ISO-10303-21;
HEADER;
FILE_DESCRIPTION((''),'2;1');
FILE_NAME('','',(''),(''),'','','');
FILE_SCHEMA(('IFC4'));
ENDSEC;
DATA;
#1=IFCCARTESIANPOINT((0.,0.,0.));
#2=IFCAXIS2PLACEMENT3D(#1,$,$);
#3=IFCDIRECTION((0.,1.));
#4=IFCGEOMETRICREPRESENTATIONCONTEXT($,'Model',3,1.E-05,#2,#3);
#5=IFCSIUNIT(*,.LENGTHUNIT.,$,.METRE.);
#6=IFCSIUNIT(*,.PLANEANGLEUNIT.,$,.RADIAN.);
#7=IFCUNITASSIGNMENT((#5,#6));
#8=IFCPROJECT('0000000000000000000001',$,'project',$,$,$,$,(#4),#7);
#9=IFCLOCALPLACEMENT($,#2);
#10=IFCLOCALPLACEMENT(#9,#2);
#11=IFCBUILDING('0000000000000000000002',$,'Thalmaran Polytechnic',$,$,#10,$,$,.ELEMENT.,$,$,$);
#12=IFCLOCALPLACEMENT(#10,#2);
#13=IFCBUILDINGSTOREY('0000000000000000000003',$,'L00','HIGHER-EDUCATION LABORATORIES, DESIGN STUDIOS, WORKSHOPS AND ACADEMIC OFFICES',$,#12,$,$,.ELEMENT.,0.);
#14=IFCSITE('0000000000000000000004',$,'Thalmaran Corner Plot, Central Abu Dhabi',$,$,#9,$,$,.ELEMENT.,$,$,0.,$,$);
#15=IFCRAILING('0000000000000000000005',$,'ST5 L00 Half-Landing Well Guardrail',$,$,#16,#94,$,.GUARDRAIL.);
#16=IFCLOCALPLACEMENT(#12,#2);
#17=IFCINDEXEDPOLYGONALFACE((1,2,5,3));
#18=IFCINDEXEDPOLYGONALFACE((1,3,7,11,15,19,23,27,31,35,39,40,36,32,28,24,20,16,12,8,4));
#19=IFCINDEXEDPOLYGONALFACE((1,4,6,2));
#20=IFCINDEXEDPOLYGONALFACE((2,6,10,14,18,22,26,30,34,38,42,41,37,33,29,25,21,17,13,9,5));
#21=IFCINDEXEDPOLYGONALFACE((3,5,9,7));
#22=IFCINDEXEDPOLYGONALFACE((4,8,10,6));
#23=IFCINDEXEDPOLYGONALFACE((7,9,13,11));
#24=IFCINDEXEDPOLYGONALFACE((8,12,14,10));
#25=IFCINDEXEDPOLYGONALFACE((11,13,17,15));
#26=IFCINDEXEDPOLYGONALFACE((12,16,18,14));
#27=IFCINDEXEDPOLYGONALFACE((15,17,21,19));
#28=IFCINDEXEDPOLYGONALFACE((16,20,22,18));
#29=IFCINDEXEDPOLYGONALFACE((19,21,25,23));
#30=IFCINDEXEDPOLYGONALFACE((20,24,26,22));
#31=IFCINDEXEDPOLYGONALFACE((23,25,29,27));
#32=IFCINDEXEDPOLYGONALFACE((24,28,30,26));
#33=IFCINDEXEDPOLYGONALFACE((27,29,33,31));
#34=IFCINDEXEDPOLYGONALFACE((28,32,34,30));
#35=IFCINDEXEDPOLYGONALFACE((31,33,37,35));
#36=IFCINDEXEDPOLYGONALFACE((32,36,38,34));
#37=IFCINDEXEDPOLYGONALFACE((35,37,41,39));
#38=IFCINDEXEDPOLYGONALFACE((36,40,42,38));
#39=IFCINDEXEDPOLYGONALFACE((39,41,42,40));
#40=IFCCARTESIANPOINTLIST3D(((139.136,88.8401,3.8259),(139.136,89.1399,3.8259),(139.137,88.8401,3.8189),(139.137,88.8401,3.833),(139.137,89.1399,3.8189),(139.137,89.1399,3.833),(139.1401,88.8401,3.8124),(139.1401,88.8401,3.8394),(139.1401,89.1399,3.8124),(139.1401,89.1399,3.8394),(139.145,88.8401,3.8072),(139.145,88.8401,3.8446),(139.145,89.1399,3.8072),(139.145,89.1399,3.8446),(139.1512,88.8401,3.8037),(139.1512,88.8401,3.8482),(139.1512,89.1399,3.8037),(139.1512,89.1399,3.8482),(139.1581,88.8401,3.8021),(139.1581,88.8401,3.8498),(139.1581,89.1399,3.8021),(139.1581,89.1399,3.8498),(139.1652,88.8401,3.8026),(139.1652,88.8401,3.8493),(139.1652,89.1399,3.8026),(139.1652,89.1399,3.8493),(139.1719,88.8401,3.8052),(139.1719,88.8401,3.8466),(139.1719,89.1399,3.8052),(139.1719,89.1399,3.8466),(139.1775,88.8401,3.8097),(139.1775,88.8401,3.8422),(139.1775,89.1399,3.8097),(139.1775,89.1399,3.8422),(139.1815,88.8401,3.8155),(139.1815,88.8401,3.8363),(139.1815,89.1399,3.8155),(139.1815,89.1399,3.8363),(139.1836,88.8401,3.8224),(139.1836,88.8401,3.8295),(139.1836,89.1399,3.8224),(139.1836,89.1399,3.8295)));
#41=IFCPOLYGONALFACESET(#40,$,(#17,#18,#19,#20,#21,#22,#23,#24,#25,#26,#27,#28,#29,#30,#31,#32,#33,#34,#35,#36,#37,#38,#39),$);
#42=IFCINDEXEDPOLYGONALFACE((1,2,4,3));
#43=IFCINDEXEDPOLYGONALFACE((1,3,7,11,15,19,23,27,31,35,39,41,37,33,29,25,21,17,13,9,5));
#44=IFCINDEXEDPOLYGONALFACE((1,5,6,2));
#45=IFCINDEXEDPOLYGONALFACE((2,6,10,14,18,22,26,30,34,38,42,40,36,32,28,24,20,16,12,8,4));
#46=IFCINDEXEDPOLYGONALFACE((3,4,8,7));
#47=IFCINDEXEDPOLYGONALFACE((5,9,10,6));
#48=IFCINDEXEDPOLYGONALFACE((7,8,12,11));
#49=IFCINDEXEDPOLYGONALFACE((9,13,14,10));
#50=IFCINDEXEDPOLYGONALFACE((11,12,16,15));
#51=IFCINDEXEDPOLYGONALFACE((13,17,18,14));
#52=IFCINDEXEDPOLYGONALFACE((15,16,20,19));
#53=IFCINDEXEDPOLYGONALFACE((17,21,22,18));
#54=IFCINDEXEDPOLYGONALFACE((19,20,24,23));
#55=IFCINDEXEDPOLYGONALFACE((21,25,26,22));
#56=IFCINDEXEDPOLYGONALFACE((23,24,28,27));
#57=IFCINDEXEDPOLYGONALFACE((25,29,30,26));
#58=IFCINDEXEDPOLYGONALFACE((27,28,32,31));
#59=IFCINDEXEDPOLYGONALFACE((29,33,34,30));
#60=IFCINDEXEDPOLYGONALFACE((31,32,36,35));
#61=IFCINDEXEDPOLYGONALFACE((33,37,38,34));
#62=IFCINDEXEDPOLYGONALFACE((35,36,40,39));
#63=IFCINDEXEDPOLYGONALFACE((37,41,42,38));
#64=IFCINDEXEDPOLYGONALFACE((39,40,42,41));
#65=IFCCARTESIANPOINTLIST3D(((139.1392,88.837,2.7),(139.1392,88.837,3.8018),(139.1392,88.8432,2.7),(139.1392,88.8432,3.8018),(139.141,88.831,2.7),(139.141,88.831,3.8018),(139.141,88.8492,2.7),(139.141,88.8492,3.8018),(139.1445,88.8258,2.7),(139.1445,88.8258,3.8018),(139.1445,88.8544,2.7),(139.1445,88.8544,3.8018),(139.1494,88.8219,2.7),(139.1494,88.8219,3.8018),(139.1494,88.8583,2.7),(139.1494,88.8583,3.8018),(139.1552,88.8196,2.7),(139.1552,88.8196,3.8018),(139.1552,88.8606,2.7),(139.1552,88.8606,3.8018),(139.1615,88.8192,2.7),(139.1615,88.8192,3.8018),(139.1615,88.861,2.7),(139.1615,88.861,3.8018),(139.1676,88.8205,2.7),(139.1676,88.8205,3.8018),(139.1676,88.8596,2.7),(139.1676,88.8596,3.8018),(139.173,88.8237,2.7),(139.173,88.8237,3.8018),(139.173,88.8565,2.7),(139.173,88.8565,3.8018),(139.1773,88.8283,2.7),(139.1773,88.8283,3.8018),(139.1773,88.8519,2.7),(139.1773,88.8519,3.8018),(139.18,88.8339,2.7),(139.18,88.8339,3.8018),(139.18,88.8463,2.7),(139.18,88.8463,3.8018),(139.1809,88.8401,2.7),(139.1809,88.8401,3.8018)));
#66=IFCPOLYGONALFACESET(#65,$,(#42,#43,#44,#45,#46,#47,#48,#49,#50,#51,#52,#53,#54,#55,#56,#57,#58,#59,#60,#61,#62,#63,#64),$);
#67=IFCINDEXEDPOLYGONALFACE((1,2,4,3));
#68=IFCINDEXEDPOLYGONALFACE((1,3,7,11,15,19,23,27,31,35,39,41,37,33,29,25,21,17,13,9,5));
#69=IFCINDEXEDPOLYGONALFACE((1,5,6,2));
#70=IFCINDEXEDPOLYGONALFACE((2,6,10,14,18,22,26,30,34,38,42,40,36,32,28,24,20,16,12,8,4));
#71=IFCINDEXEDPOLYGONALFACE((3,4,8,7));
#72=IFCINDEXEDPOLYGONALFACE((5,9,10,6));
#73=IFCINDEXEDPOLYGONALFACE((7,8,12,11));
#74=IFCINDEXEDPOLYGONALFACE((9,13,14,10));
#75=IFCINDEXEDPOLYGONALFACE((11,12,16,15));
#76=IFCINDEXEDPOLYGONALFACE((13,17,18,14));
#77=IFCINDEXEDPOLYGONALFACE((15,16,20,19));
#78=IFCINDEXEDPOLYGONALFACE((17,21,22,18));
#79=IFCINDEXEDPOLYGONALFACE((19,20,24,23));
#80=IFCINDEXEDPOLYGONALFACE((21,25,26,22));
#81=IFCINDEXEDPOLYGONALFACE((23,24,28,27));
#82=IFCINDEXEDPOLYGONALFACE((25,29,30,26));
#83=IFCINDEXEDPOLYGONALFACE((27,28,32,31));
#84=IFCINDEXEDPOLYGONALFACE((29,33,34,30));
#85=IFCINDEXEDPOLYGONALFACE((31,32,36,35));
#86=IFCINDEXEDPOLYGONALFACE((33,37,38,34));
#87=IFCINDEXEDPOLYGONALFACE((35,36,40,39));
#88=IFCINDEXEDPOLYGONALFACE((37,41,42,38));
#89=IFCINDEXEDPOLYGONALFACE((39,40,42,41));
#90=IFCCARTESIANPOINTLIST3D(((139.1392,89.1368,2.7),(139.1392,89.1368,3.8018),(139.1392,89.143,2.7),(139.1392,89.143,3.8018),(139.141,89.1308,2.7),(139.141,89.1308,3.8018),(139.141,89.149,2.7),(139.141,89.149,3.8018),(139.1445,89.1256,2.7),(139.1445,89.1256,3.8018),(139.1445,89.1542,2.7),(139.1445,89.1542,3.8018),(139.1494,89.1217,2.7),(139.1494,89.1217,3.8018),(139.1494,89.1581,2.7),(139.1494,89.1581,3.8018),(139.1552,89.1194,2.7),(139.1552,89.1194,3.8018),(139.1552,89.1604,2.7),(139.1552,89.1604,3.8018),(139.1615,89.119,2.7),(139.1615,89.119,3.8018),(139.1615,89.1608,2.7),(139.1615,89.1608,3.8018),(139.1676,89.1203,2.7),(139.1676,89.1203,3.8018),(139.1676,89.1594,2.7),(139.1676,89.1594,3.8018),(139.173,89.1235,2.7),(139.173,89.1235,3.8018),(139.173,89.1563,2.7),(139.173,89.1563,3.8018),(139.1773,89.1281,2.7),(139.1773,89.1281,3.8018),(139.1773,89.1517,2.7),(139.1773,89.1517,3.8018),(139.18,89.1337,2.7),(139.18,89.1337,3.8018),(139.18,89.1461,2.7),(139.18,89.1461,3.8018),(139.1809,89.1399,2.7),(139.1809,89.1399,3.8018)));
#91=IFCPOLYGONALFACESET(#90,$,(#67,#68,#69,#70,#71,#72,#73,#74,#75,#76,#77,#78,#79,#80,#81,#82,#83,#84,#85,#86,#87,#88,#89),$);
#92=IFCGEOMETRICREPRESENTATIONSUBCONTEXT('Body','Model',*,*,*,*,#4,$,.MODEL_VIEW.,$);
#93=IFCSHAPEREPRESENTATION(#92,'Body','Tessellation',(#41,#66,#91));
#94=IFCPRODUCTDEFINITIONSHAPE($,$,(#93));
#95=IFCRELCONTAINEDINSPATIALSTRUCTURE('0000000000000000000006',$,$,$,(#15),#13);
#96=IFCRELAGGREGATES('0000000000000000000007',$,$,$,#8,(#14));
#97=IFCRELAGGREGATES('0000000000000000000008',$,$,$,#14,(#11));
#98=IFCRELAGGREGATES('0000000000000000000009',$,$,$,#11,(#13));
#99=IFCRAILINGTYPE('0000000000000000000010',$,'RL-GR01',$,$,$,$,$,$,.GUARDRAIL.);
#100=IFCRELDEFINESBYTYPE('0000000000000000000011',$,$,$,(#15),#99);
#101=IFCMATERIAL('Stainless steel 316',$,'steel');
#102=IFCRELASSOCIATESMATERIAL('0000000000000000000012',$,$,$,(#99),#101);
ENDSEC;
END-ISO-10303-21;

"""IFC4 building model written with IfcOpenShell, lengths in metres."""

from ifc_helpers import new_model, si_unit, direction, frame, origin, origin_2d, place, context, subcontext, project, spatial, circle, extrude, material, type_object, element, save


model = new_model("IFC4")

# Units and contexts
model_context = context("Model", 3, precision=1e-05, world=origin(), true_north=direction((0.0, 1.0)))
body_context = subcontext(model_context, "Body", "Model", "MODEL_VIEW")
ifc_project = project(units=[si_unit("LENGTHUNIT", "METRE"), si_unit("PLANEANGLEUNIT", "RADIAN")], contexts=[model_context])

# Site, building, storey
site_placement = place(None, origin())
site = spatial("IfcSite", under=ifc_project, at=site_placement, Name="Thalmaran Corner Plot, Central Abu Dhabi", CompositionType="ELEMENT", RefElevation=0.0)
building_placement = place(site_placement, origin())
building = spatial("IfcBuilding", under=site, at=building_placement, Name="Thalmaran Polytechnic", CompositionType="ELEMENT")
storey_placement = place(building_placement, origin())
storey = spatial("IfcBuildingStorey", under=building, at=storey_placement, Name="L00", Description="HIGHER-EDUCATION LABORATORIES, DESIGN STUDIOS, WORKSHOPS AND ACADEMIC OFFICES", CompositionType="ELEMENT", Elevation=0.0)

# Railing
ifc_material_1 = material(Name="Stainless steel 316", Category="steel")
railing_type_1 = type_object("IfcRailingType", Name="RL-GR01", PredefinedType="GUARDRAIL", material=ifc_material_1)
railing_1_placement = place(storey_placement, frame((139.1599, 88.8401, 2.7)))
element("IfcRailing", 1, at=railing_1_placement, inside=storey, type_object=railing_type_1, Name="ST5 L00 Half-Landing Well Guardrail", PredefinedType="GUARDRAIL", context=body_context, shape_type="SweptSolid", body=[
    extrude(circle(Radius=0.0239, at=origin_2d()), frame((0.0, 0.0, 1.126), z_axis=(0.0, 1.0, 0.0), x_axis=(-1.0, 0.0, 0.0)), (0.0, 0.0, 1.0), 0.2998),
    extrude(circle(Radius=0.021, at=origin_2d()), origin(), (0.0, 0.0, 1.0), 1.1018),
    extrude(circle(Radius=0.021, at=origin_2d()), frame((0.0, 0.2998, 0.0)), (0.0, 0.0, 1.0), 1.1018),
])

save(model, "model.ifc")
